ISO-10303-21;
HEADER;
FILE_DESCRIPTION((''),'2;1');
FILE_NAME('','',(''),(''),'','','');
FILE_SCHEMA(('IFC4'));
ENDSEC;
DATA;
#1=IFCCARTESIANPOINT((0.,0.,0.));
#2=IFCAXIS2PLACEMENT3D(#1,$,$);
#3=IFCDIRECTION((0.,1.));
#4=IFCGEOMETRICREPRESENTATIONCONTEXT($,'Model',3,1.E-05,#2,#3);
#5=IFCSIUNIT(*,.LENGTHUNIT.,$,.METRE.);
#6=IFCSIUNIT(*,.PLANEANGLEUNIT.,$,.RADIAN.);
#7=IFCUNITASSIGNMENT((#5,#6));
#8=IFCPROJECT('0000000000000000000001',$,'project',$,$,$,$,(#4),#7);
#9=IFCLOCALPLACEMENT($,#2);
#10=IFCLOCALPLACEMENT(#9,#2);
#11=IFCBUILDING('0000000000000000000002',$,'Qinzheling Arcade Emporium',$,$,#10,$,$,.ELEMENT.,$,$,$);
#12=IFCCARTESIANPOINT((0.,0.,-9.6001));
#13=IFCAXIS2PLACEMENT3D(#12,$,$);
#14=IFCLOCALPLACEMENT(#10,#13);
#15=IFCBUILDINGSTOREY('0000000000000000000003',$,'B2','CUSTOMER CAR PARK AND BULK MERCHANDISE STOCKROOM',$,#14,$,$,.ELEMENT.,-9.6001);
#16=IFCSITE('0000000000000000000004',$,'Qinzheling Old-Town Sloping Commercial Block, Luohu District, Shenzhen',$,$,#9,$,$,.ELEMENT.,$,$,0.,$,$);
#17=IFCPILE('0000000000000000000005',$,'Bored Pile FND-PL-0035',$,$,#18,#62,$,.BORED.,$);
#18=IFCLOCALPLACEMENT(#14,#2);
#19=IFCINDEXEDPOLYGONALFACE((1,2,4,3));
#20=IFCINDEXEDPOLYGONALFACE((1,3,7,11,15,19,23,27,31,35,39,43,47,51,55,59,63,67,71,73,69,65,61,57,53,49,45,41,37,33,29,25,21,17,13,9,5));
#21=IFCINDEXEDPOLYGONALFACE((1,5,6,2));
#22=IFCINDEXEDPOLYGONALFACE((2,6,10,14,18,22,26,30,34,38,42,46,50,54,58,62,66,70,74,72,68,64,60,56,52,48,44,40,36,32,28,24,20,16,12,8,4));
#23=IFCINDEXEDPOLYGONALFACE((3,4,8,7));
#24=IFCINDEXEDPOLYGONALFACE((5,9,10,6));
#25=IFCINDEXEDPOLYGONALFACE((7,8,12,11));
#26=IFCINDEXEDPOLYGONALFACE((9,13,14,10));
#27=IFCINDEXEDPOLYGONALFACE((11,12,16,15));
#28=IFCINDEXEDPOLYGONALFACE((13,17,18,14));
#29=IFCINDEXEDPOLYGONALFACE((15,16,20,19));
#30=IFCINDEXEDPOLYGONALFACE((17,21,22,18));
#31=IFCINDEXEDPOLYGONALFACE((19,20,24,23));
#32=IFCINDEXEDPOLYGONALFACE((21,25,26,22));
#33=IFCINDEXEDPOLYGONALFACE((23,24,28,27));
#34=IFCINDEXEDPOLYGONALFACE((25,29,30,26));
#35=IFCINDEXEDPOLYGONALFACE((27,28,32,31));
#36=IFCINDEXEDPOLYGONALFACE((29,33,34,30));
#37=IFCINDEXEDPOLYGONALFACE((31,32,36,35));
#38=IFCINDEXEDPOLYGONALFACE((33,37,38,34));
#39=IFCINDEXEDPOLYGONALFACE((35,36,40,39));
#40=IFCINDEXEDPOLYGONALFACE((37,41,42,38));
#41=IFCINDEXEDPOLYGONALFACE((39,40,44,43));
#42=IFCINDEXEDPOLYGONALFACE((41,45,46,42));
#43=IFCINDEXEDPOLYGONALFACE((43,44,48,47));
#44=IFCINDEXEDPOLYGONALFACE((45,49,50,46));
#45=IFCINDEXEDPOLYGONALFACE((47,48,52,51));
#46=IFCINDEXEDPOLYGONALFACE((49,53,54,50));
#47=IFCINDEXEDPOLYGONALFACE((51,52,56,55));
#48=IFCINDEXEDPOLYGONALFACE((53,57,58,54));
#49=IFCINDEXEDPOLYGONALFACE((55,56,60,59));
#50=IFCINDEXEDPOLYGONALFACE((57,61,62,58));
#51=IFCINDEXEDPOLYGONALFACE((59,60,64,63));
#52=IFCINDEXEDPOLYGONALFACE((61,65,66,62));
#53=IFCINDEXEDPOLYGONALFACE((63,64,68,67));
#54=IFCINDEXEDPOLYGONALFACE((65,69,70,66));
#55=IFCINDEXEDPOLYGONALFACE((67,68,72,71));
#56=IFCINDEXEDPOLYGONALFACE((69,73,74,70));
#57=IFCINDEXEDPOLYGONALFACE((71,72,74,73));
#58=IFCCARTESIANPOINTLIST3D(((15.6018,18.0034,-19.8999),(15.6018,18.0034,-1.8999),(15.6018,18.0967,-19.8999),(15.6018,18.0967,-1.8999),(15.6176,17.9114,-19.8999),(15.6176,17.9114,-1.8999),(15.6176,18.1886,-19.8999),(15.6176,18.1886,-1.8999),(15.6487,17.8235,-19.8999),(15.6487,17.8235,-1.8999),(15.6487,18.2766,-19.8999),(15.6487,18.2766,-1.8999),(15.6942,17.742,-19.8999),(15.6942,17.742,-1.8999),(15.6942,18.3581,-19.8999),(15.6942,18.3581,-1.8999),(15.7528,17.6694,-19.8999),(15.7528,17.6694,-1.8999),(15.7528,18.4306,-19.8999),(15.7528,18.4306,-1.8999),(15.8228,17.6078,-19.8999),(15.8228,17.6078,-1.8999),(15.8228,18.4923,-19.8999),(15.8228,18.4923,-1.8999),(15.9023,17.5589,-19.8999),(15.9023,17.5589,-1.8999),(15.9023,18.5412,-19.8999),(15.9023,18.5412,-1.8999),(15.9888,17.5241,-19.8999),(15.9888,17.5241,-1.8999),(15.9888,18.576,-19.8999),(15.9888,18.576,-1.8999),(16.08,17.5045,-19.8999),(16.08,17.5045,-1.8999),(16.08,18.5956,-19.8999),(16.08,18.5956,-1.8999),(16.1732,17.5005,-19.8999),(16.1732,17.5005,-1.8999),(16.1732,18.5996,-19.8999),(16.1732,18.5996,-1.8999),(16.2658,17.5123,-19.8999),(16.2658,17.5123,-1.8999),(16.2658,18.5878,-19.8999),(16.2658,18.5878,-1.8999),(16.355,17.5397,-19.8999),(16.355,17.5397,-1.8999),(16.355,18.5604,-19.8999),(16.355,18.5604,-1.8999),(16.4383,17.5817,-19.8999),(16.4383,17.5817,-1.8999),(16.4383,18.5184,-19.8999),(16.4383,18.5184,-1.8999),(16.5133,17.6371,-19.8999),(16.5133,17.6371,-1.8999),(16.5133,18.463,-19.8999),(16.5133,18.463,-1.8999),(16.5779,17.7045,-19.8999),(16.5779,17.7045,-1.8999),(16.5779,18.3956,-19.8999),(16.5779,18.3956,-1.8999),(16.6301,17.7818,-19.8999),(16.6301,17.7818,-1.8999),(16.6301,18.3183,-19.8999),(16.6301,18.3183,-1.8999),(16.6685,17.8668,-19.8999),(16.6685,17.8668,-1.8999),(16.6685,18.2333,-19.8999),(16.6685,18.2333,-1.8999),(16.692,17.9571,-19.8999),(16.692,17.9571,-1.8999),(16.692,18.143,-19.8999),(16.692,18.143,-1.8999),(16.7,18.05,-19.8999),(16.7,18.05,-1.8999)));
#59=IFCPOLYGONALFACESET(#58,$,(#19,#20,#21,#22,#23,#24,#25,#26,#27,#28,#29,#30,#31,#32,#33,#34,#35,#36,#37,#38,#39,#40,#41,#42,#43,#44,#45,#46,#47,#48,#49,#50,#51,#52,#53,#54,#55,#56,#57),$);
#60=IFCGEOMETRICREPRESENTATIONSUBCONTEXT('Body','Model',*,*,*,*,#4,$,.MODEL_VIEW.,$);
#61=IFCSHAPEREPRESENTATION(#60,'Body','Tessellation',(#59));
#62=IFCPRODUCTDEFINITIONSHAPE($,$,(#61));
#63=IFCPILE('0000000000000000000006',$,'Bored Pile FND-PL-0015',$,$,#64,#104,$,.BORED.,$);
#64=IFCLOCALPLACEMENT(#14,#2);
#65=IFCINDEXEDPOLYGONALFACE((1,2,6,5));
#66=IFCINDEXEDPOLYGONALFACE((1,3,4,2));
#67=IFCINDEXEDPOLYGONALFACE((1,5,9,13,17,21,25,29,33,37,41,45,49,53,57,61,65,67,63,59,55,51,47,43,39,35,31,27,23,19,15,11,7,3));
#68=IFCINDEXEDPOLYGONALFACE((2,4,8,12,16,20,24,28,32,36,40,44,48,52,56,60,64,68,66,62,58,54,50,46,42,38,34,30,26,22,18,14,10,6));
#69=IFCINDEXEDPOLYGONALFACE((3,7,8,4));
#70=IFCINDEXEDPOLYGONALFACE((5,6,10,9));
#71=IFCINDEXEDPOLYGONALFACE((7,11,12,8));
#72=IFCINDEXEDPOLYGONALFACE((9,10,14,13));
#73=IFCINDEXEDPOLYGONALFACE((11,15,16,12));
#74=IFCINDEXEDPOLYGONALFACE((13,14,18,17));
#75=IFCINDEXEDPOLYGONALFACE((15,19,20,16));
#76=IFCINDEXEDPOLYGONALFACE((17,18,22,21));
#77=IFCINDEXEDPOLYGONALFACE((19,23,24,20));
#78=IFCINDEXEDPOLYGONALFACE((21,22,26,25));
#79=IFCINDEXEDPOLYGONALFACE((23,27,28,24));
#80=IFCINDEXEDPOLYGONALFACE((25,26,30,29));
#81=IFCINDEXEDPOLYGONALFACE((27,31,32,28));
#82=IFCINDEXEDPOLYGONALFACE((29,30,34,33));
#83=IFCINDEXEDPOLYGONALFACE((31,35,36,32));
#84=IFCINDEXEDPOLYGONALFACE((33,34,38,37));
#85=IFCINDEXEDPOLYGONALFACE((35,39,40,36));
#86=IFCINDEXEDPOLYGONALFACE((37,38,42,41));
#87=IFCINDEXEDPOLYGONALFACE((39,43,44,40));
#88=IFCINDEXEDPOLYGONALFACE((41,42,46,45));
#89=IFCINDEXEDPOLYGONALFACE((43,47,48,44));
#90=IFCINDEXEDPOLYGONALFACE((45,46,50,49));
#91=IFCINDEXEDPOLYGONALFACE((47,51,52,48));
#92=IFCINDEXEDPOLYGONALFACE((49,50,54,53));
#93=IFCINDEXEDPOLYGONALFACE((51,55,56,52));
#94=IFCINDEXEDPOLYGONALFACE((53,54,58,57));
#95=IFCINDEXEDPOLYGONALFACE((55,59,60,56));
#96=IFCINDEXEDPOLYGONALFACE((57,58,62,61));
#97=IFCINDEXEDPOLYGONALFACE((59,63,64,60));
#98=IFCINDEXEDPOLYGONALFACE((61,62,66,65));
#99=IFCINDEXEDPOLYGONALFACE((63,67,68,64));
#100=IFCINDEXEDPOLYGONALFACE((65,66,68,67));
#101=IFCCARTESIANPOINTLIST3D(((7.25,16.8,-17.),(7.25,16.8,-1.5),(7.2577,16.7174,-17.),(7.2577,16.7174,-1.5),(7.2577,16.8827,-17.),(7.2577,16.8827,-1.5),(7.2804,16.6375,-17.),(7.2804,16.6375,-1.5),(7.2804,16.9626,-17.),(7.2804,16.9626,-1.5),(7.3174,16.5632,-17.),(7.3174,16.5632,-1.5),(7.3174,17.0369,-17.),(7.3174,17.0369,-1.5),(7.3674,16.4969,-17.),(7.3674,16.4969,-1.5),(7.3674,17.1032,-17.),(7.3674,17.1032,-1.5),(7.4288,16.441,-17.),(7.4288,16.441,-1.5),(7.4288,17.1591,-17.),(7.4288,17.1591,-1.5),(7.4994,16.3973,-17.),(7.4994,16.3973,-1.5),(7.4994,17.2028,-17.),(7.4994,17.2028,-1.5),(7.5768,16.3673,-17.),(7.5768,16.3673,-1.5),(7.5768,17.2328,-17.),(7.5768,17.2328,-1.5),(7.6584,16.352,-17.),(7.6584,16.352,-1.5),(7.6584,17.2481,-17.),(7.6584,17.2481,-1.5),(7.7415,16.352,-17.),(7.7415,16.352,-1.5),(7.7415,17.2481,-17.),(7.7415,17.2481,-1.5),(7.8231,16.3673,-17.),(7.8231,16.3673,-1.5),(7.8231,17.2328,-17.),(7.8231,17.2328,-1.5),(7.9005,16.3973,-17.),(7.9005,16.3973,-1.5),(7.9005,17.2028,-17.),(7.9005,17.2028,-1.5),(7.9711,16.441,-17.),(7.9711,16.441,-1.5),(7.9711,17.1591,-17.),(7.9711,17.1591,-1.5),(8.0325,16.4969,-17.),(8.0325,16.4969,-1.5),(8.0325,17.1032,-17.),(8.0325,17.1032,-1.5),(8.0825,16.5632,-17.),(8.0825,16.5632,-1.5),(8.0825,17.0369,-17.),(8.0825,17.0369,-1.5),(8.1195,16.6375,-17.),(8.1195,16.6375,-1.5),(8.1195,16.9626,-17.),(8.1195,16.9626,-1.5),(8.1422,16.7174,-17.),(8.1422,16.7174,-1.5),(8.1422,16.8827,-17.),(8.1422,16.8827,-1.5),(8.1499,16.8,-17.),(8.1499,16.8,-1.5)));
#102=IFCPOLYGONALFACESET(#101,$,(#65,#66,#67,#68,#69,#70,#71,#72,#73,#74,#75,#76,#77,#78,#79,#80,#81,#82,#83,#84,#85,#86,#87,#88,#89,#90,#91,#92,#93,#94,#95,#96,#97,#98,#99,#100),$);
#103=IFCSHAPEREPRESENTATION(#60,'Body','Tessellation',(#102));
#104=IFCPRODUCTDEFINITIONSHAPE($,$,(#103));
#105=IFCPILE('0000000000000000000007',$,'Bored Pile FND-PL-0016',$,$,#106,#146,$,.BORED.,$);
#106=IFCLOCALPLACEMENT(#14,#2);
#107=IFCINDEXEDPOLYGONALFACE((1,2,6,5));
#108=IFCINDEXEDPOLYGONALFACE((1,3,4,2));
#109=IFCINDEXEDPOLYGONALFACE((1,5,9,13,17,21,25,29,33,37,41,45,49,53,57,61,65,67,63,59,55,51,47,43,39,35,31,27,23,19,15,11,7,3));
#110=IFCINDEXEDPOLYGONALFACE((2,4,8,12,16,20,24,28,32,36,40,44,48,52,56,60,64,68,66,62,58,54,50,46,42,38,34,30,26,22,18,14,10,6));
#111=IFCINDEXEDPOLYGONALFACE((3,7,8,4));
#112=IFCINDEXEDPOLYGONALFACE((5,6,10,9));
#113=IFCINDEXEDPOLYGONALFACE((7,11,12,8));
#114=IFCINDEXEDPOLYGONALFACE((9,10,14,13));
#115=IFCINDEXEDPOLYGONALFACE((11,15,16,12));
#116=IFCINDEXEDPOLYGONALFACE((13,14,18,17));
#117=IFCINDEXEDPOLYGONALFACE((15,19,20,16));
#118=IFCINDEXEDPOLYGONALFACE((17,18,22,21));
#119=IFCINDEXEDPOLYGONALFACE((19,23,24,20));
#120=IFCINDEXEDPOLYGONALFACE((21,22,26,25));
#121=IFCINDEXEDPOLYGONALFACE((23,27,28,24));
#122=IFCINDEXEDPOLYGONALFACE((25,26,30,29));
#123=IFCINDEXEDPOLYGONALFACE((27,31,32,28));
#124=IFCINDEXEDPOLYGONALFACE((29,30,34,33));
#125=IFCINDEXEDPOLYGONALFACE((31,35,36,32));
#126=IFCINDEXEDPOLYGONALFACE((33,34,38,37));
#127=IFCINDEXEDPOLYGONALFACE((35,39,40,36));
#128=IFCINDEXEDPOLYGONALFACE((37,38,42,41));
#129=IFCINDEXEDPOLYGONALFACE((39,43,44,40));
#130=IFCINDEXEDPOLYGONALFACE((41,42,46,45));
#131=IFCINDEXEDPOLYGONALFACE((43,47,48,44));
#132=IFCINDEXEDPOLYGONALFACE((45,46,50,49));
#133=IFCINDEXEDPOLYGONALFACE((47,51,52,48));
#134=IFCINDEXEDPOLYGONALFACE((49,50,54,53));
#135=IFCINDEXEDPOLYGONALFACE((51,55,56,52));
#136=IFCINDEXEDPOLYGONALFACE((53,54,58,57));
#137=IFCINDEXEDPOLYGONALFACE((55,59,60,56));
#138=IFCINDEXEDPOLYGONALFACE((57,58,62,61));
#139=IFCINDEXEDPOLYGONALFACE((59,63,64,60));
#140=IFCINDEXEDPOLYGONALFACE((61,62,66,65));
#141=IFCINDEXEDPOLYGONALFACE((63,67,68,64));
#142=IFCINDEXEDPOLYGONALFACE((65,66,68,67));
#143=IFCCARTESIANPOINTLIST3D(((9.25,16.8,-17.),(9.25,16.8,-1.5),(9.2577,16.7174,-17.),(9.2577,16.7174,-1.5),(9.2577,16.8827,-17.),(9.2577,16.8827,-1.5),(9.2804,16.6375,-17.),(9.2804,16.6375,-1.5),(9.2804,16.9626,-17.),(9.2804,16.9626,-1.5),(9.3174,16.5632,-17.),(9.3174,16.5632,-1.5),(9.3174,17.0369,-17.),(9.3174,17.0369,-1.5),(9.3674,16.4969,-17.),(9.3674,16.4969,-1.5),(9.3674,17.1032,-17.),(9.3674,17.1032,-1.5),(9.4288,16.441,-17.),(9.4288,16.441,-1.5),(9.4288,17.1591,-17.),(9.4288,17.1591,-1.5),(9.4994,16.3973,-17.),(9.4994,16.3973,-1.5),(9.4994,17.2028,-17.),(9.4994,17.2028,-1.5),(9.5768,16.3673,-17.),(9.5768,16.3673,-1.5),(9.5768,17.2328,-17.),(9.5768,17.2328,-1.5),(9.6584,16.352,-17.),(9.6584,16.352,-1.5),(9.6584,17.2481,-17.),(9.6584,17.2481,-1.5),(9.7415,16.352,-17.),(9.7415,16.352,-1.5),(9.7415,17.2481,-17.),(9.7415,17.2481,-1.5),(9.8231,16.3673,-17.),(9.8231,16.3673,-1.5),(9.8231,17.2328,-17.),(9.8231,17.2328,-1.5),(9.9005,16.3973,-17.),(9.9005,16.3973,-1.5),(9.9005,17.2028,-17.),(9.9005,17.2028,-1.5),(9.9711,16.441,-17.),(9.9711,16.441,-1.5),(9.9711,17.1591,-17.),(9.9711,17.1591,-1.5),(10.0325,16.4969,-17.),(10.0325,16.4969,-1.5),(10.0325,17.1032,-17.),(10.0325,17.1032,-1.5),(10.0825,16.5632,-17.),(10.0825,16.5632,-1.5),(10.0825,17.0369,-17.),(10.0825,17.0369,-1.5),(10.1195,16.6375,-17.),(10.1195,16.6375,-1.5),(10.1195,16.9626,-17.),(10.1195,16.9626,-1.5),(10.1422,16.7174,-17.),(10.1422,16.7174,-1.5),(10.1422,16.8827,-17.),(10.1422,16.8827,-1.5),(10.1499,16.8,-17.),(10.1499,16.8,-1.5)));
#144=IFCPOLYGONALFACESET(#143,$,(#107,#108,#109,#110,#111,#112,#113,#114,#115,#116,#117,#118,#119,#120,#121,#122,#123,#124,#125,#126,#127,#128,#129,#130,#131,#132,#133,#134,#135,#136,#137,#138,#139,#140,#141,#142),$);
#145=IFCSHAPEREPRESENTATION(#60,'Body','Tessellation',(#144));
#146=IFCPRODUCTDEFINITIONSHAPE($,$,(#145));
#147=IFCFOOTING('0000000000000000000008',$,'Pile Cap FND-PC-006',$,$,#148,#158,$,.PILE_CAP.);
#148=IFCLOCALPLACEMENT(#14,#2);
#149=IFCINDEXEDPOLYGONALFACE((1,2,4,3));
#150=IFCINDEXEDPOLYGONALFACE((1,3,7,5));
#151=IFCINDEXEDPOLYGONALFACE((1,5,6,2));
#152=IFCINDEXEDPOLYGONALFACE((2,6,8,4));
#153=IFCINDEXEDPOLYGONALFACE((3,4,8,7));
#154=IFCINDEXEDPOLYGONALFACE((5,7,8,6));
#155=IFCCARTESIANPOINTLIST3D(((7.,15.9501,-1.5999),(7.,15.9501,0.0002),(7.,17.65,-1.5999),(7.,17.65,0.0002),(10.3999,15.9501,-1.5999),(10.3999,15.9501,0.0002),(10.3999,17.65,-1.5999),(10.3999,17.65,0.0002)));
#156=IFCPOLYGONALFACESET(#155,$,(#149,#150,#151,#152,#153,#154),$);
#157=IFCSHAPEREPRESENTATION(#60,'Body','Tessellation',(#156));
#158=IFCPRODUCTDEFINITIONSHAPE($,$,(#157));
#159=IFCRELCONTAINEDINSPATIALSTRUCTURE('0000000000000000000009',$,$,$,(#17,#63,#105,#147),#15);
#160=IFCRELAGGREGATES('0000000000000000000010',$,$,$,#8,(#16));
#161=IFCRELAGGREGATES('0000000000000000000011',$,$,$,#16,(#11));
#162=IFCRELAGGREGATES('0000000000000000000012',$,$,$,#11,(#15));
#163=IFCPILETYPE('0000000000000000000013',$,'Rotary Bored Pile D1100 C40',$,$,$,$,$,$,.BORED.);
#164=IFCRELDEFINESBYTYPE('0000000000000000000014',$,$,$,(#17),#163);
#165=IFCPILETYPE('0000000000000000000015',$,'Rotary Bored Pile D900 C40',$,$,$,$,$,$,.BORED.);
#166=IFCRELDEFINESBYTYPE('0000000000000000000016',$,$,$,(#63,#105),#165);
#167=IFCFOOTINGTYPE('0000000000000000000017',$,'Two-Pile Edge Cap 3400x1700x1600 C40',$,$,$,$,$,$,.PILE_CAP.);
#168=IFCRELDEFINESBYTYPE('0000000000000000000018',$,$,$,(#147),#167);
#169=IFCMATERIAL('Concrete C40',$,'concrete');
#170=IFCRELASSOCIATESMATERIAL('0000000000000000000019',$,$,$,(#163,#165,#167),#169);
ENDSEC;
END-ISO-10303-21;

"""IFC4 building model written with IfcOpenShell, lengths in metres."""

from ifc_helpers import new_model, si_unit, direction, frame, origin, origin_2d, place, context, subcontext, project, spatial, rectangle, circle, extrude, material, material_profile, profile_set, type_object, element, save


model = new_model("IFC4")

# Units and contexts
model_context = context("Model", 3, precision=1e-05, world=origin(), true_north=direction((0.0, 1.0)))
body_context = subcontext(model_context, "Body", "Model", "MODEL_VIEW")
ifc_project = project(units=[si_unit("LENGTHUNIT", "METRE"), si_unit("PLANEANGLEUNIT", "RADIAN")], contexts=[model_context])

# Site, building, storey
site_placement = place(None, origin())
site = spatial("IfcSite", under=ifc_project, at=site_placement, Name="Qinzheling Old-Town Sloping Commercial Block, Luohu District, Shenzhen", CompositionType="ELEMENT", RefElevation=0.0)
building_placement = place(site_placement, origin())
building = spatial("IfcBuilding", under=site, at=building_placement, Name="Qinzheling Arcade Emporium", CompositionType="ELEMENT")
storey_placement = place(building_placement, frame((0.0, 0.0, -9.6001)))
storey = spatial("IfcBuildingStorey", under=building, at=storey_placement, Name="B2", Description="CUSTOMER CAR PARK AND BULK MERCHANDISE STOCKROOM", CompositionType="ELEMENT", Elevation=-9.6001)

# Shared definitions
ifc_material_1 = material(Name="Concrete C40", Category="concrete")

# Piles
ifc_material_profile_1 = material_profile(ifc_material_1, circle(Radius=0.55, at=origin_2d()), Name="BORED D1100", Category="concrete")
ifc_profile_set_1 = profile_set([ifc_material_profile_1], Name="Concrete C40")
pile_type_1 = type_object("IfcPileType", Name="Rotary Bored Pile D1100 C40", PredefinedType="BORED", material=ifc_profile_set_1)
for number, where, z_axis, x_axis, name in (
    (1, (16.1499, 18.05, -1.8999), (0.0, 0.0, -1.0), (1.0, 0.0, 0.0), "Bored Pile FND-PL-0035"),
):
    element("IfcPile", number, at=place(storey_placement, frame(where, z_axis=z_axis, x_axis=x_axis)), inside=storey, type_object=pile_type_1, Name=name, PredefinedType="BORED", context=body_context, shape_type="SweptSolid", body=[
        extrude(circle(Radius=0.55, at=origin_2d()), origin(), (0.0, 0.0, 1.0), 18.0),
    ])
ifc_material_profile_2 = material_profile(ifc_material_1, circle(Radius=0.45, at=origin_2d()), Name="BORED D900", Category="concrete")
ifc_profile_set_2 = profile_set([ifc_material_profile_2], Name="Concrete C40")
pile_type_2 = type_object("IfcPileType", Name="Rotary Bored Pile D900 C40", PredefinedType="BORED", material=ifc_profile_set_2)
for number, where, z_axis, x_axis, name in (
    (2, (7.7, 16.8, -1.5), (0.0, 0.0, -1.0), (1.0, 0.0, 0.0), "Bored Pile FND-PL-0015"),
    (3, (9.7, 16.8, -1.5), (0.0, 0.0, -1.0), (1.0, 0.0, 0.0), "Bored Pile FND-PL-0016"),
):
    element("IfcPile", number, at=place(storey_placement, frame(where, z_axis=z_axis, x_axis=x_axis)), inside=storey, type_object=pile_type_2, Name=name, PredefinedType="BORED", context=body_context, shape_type="SweptSolid", body=[
        extrude(circle(Radius=0.45, at=origin_2d()), origin(), (0.0, 0.0, 1.0), 15.5),
    ])

# Footing
footing_type_1 = type_object("IfcFootingType", Name="Two-Pile Edge Cap 3400x1700x1600 C40", PredefinedType="PILE_CAP", material=ifc_material_1)
footing_1_placement = place(storey_placement, frame((8.7, 16.8, -1.5999), z_axis=(0.0, 0.0, 1.0), x_axis=(1.0, 0.0, 0.0)))
element("IfcFooting", 4, at=footing_1_placement, inside=storey, type_object=footing_type_1, Name="Pile Cap FND-PC-006", PredefinedType="PILE_CAP", context=body_context, shape_type="SweptSolid", body=[
    extrude(rectangle(XDim=3.3999, YDim=1.7, at=origin_2d()), origin(), (0.0, 0.0, 1.0), 1.6001),
])

save(model, "model.ifc")
